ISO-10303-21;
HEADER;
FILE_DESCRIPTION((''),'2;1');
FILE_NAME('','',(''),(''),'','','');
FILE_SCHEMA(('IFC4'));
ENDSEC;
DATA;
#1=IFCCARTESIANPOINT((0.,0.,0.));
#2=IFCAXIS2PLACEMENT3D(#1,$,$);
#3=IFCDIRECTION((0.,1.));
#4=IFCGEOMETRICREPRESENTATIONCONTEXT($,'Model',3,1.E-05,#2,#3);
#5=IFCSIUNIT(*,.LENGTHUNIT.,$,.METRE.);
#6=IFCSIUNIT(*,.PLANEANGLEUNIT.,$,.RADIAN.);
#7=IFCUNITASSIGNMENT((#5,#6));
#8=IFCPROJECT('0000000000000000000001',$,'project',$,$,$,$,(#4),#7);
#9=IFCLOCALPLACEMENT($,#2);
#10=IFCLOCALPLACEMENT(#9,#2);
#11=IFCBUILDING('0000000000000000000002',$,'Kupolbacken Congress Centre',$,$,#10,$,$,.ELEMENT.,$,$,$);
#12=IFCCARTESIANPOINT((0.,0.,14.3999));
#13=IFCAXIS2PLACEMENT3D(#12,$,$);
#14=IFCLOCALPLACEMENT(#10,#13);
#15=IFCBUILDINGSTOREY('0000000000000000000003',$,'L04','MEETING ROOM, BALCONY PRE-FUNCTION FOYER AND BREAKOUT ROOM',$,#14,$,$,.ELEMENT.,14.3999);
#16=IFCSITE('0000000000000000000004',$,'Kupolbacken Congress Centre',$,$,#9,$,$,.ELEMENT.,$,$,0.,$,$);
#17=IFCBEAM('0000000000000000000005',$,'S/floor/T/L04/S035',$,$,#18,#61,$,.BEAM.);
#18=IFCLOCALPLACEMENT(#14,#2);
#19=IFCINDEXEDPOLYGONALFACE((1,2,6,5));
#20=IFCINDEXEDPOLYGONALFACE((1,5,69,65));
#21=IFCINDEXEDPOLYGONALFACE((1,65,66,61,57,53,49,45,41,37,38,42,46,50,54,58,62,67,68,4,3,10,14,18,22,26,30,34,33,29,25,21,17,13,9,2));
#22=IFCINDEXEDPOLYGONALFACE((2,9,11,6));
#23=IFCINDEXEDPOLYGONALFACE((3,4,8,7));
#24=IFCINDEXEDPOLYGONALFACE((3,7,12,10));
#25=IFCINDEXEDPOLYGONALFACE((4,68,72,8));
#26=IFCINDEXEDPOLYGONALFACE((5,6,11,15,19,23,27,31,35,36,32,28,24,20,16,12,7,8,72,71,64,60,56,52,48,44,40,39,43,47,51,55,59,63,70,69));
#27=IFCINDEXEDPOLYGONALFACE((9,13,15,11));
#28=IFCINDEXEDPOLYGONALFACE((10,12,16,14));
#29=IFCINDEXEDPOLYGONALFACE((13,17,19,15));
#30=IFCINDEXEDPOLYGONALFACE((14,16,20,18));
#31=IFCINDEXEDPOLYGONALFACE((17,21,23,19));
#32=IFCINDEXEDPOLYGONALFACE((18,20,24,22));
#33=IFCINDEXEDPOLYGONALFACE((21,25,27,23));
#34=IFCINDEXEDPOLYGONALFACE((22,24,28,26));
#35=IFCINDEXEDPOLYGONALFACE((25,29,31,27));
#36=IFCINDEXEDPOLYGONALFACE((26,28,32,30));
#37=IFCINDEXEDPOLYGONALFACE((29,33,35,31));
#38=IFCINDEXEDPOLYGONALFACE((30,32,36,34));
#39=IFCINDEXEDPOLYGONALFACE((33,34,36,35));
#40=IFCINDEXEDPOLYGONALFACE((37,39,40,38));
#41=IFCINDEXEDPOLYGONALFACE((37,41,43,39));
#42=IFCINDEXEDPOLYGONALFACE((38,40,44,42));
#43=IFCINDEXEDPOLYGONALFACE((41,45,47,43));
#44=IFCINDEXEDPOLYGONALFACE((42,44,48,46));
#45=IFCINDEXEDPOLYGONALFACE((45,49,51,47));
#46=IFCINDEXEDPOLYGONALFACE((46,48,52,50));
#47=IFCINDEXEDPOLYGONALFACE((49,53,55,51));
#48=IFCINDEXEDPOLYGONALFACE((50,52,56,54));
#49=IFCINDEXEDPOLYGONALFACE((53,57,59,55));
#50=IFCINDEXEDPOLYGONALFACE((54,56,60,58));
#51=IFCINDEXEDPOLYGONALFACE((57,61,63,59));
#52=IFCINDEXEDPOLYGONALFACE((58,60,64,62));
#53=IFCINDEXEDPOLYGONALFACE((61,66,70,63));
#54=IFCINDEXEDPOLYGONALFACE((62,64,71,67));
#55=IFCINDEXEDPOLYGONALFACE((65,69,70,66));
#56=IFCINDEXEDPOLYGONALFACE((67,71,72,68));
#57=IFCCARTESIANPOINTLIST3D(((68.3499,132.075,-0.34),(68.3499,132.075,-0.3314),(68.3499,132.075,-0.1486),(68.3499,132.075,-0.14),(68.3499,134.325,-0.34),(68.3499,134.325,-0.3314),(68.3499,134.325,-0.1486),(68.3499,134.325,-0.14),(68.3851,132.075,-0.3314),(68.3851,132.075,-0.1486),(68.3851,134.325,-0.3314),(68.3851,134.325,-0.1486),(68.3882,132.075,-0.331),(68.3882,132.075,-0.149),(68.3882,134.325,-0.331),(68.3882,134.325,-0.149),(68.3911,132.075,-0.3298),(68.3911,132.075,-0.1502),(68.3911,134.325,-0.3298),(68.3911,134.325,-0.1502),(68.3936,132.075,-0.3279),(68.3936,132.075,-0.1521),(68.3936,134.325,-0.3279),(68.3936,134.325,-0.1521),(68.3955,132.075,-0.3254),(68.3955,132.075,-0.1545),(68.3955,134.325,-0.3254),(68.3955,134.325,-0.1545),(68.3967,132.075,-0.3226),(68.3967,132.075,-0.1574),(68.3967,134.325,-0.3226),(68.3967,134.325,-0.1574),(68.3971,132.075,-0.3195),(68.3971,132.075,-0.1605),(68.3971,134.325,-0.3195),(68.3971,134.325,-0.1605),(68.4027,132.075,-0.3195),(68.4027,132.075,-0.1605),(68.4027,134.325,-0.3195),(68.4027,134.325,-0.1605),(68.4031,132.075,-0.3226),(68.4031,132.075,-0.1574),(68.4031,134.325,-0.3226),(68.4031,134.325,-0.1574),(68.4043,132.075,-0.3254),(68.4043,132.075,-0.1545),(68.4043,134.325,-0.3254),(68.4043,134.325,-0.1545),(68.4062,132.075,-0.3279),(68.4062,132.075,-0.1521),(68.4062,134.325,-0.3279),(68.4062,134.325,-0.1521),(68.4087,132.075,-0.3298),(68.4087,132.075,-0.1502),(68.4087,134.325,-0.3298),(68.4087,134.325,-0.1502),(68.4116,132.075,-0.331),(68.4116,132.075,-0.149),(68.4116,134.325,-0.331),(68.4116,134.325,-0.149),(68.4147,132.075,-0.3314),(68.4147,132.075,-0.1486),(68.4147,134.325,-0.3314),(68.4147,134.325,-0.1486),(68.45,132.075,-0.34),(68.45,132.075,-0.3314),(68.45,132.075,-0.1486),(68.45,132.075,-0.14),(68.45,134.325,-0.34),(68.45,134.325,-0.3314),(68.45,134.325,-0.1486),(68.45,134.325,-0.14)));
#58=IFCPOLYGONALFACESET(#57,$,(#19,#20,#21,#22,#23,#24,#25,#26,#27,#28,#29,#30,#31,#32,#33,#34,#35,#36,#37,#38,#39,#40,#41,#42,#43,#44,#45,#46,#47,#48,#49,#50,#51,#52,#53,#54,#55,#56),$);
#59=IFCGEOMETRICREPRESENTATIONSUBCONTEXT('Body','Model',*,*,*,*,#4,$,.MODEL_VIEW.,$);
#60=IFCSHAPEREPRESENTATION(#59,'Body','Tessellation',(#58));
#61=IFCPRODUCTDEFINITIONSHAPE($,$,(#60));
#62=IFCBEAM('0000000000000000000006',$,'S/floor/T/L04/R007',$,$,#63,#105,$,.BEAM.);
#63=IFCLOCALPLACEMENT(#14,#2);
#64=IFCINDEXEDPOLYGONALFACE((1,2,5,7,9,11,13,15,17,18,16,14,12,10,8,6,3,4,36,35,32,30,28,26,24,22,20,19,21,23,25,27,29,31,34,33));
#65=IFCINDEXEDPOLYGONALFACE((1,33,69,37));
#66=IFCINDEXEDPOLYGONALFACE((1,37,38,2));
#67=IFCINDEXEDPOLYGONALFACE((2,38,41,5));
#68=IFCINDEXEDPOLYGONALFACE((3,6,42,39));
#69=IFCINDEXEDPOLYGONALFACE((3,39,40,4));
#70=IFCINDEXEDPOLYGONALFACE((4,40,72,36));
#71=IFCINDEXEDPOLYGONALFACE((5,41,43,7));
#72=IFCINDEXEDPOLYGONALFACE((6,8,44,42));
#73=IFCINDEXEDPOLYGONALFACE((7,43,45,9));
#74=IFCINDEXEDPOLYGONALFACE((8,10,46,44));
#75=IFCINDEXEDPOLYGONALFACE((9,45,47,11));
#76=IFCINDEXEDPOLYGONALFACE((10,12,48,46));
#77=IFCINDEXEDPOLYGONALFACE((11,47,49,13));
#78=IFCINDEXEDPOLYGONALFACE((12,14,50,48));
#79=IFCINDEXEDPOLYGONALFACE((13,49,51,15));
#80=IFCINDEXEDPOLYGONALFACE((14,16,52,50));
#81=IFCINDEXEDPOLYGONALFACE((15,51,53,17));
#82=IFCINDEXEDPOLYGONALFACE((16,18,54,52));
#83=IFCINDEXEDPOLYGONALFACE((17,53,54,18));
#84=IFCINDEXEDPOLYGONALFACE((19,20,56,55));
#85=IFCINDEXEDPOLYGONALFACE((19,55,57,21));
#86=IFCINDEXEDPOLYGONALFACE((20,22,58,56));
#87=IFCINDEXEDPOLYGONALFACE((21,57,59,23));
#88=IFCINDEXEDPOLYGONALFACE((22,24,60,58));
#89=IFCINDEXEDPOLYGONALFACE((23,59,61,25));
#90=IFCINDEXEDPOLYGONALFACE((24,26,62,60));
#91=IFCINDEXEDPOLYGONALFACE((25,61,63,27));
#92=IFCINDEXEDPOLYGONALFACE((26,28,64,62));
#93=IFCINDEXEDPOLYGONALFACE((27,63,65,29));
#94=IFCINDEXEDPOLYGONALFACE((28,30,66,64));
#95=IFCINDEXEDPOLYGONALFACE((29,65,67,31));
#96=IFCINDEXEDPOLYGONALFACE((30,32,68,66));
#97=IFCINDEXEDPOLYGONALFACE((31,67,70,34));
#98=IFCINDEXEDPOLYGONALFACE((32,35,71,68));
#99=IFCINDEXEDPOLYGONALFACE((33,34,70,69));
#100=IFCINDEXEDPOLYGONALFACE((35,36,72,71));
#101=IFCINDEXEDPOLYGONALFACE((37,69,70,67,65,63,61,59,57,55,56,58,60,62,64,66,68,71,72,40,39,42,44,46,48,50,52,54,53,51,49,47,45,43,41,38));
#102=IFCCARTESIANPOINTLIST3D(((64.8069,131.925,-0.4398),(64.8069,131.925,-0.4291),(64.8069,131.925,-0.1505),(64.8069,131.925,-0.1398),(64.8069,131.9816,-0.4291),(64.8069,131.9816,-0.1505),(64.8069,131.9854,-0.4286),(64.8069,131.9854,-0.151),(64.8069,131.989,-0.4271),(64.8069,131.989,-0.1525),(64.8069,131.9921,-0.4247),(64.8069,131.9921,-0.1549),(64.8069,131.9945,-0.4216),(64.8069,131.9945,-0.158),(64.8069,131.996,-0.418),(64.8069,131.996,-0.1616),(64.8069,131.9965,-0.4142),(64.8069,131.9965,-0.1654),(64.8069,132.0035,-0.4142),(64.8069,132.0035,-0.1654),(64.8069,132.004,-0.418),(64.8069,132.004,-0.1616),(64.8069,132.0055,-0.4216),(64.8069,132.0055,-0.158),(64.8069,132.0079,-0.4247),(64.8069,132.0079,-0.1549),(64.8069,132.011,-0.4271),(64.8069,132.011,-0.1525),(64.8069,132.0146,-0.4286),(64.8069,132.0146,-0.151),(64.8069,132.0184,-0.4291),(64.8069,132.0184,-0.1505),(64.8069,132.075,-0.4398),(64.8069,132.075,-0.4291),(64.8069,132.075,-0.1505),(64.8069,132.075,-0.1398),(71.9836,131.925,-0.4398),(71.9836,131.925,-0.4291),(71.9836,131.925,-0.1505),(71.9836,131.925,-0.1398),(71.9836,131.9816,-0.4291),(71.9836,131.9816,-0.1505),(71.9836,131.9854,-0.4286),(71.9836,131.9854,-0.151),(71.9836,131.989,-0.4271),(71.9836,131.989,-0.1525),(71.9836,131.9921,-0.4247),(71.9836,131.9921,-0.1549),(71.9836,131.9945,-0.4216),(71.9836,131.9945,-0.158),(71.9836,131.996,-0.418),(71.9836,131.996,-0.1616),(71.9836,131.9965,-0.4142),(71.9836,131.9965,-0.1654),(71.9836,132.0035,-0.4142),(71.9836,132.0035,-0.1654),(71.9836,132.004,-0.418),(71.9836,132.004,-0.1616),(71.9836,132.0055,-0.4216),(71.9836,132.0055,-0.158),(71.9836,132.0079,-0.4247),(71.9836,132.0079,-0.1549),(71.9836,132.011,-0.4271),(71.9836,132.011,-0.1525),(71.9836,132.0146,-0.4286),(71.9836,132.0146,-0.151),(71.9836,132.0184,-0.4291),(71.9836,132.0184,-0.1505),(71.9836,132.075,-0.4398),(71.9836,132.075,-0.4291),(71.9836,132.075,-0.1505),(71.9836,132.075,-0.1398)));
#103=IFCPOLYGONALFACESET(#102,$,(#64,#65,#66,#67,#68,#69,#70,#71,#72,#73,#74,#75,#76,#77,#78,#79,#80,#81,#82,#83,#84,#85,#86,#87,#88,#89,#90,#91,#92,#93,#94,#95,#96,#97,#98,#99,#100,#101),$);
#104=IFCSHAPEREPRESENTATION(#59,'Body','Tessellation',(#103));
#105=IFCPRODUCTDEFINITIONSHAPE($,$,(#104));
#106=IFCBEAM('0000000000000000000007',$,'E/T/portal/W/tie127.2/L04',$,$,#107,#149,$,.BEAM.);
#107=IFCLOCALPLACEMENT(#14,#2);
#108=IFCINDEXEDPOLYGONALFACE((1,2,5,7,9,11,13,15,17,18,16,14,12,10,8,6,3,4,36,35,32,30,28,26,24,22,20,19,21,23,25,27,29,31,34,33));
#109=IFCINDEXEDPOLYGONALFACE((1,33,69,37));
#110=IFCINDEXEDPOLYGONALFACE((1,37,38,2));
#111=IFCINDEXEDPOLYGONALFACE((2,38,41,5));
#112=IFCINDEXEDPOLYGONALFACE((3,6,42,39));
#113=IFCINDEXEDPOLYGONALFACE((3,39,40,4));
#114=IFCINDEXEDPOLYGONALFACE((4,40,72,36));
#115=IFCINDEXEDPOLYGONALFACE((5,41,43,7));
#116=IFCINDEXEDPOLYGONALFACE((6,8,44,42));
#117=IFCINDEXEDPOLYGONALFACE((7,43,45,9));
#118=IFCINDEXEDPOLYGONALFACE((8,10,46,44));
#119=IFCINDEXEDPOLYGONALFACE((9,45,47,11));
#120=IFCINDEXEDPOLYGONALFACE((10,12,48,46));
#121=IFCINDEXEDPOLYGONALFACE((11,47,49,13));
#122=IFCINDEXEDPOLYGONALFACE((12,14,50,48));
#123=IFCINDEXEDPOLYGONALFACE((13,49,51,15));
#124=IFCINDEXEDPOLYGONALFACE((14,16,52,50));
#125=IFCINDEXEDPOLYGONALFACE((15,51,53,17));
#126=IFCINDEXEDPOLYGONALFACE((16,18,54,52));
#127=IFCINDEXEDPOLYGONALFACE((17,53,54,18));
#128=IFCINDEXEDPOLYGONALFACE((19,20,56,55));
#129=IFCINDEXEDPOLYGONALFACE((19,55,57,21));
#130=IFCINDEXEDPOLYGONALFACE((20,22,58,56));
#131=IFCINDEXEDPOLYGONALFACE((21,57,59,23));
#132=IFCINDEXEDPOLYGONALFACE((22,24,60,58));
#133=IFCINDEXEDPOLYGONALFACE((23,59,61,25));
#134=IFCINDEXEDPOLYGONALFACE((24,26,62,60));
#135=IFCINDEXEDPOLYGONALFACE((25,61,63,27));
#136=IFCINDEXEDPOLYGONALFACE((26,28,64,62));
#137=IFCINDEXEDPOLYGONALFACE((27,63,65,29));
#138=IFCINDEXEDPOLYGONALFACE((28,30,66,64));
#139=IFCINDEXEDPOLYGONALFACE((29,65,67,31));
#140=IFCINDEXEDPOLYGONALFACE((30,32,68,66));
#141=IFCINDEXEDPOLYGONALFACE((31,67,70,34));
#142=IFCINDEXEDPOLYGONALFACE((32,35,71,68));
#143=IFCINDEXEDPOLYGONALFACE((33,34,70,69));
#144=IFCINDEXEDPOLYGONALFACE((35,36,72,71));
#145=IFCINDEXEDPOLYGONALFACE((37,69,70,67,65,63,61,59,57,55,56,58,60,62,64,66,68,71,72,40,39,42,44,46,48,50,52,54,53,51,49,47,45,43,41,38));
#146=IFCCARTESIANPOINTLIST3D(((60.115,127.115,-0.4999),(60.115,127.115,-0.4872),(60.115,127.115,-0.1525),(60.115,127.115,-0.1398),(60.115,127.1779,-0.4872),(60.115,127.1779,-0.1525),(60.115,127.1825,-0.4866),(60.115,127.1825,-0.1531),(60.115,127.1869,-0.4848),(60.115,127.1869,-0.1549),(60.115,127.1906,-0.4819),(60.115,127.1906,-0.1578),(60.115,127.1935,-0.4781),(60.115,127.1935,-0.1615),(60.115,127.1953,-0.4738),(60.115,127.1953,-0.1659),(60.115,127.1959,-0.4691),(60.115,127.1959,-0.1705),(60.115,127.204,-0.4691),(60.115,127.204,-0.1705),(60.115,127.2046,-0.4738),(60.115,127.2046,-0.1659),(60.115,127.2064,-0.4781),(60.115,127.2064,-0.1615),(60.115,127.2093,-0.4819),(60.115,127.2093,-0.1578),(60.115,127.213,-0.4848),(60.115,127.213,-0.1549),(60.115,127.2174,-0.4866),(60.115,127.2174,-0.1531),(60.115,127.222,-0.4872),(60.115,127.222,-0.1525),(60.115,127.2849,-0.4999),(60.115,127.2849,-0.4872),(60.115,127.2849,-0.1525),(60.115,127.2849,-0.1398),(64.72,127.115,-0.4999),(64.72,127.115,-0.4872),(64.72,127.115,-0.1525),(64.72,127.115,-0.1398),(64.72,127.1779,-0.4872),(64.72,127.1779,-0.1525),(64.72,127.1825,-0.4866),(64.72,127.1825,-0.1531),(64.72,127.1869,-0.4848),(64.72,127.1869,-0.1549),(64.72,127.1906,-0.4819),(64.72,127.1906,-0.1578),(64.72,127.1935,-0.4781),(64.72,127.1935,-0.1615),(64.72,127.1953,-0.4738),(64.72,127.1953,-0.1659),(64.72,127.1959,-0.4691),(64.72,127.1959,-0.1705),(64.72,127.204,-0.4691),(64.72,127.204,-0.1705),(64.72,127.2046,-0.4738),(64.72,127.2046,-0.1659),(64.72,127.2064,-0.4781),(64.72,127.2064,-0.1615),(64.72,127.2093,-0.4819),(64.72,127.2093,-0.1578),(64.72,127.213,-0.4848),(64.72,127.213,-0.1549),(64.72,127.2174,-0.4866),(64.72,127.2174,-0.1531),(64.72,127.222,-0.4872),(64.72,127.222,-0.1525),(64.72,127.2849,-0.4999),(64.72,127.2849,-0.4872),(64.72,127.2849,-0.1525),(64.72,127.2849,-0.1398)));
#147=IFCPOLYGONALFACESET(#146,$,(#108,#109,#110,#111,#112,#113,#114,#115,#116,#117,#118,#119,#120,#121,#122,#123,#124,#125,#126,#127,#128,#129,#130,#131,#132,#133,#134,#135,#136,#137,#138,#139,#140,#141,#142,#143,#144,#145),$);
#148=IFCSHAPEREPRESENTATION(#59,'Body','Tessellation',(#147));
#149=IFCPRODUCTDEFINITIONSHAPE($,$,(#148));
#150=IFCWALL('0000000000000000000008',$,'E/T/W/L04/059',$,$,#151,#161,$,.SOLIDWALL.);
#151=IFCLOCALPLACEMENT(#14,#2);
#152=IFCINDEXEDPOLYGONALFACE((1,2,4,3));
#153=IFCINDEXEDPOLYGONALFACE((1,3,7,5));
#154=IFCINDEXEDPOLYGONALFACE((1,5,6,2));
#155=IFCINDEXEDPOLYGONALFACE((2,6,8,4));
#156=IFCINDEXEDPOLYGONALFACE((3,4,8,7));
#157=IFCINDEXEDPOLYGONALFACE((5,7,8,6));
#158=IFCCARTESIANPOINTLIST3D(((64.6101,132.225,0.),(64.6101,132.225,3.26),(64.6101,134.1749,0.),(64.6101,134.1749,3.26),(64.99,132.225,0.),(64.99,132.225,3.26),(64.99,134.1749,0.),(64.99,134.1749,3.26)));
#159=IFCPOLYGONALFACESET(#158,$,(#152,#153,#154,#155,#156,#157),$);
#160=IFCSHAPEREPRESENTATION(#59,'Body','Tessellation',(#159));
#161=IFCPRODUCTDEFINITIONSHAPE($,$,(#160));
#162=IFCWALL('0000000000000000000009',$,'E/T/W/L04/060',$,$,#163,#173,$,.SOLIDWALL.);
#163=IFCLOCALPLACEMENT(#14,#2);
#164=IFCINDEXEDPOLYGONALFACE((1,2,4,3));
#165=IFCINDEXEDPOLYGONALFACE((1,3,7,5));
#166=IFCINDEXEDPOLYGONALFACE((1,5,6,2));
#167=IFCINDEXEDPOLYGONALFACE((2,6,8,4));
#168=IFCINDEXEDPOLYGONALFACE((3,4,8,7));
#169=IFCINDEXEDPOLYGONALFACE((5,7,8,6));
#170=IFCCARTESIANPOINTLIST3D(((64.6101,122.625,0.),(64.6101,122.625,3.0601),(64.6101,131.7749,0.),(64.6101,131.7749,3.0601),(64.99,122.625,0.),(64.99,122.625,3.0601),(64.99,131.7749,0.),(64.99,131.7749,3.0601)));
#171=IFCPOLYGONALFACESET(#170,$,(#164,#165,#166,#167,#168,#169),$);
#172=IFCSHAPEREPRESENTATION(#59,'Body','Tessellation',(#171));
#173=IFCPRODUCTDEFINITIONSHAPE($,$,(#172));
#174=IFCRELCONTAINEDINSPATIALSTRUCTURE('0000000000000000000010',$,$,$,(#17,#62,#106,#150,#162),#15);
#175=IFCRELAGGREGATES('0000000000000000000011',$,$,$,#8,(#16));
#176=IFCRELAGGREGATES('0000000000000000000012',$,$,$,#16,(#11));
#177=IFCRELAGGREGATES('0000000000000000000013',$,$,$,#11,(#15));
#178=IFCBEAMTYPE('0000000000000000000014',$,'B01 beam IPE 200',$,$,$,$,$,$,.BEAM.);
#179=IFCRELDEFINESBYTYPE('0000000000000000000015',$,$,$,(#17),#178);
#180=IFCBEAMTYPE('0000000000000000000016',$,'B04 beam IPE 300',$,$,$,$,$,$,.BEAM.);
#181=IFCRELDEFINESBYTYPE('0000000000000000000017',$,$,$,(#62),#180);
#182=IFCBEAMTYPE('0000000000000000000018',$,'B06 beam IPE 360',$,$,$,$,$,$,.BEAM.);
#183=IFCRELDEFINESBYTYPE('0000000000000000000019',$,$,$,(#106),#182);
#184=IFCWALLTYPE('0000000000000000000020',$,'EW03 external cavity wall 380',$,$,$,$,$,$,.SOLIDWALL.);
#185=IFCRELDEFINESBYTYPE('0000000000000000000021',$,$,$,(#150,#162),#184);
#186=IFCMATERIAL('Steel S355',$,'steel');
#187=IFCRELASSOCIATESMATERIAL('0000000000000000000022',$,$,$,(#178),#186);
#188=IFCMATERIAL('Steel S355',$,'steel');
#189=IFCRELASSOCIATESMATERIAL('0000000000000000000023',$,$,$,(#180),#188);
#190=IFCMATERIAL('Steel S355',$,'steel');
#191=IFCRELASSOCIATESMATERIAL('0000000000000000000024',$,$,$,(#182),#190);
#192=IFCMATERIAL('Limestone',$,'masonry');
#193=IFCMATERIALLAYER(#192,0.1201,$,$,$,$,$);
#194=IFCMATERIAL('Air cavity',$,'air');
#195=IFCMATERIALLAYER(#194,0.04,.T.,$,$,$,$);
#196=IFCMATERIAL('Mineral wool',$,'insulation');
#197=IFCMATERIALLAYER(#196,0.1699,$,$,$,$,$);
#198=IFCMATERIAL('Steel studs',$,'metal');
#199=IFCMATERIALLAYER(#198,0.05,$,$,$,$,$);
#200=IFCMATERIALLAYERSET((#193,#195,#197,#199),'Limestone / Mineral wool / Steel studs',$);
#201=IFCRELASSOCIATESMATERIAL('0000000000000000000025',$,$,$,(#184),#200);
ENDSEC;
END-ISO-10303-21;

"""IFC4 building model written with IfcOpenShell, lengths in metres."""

from ifc_helpers import new_model, si_unit, direction, frame, frame_2d, origin, origin_2d, place, context, subcontext, project, spatial, rectangle, i_section, extrude, material, layer, layer_set, material_profile, profile_set, type_object, element, save


model = new_model("IFC4")

# Units and contexts
model_context = context("Model", 3, precision=1e-05, world=origin(), true_north=direction((0.0, 1.0)))
body_context = subcontext(model_context, "Body", "Model", "MODEL_VIEW")
ifc_project = project(units=[si_unit("LENGTHUNIT", "METRE"), si_unit("PLANEANGLEUNIT", "RADIAN")], contexts=[model_context])

# Site, building, storey
site_placement = place(None, origin())
site = spatial("IfcSite", under=ifc_project, at=site_placement, Name="Kupolbacken Congress Centre", CompositionType="ELEMENT", RefElevation=0.0)
building_placement = place(site_placement, origin())
building = spatial("IfcBuilding", under=site, at=building_placement, Name="Kupolbacken Congress Centre", CompositionType="ELEMENT")
storey_placement = place(building_placement, frame((0.0, 0.0, 14.3999)))
storey = spatial("IfcBuildingStorey", under=building, at=storey_placement, Name="L04", Description="MEETING ROOM, BALCONY PRE-FUNCTION FOYER AND BREAKOUT ROOM", CompositionType="ELEMENT", Elevation=14.3999)

# Beams
ifc_material_1 = material(Name="Steel S355", Category="steel")
ifc_material_profile_1 = material_profile(ifc_material_1, i_section(OverallWidth=0.1001, OverallDepth=0.2, WebThickness=0.0056, FlangeThickness=0.0085, FilletRadius=0.012, at=origin_2d()), Name="IPE 200")
ifc_profile_set_1 = profile_set([ifc_material_profile_1], Name="Steel S355")
beam_type_1 = type_object("IfcBeamType", Name="B01 beam IPE 200", PredefinedType="BEAM", material=ifc_profile_set_1)
beam_1_placement = place(storey_placement, frame((68.3999, 132.075, -0.24), z_axis=(0.0, 1.0, 0.0), x_axis=(-1.0, 0.0, 0.0)))
element("IfcBeam", 1, at=beam_1_placement, inside=storey, type_object=beam_type_1, Name="S/floor/T/L04/S035", PredefinedType="BEAM", context=body_context, shape_type="SweptSolid", body=[
    extrude(i_section(OverallWidth=0.1001, OverallDepth=0.2, WebThickness=0.0056, FlangeThickness=0.0085, FilletRadius=0.012, at=origin_2d()), origin(), (0.0, 0.0, 1.0), 2.25),
])
ifc_material_2 = material(Name="Steel S355", Category="steel")
ifc_material_profile_2 = material_profile(ifc_material_2, i_section(OverallWidth=0.1499, OverallDepth=0.3, WebThickness=0.0071, FlangeThickness=0.0107, FilletRadius=0.0149, at=origin_2d()), Name="IPE 300")
ifc_profile_set_2 = profile_set([ifc_material_profile_2], Name="Steel S355")
beam_type_2 = type_object("IfcBeamType", Name="B04 beam IPE 300", PredefinedType="BEAM", material=ifc_profile_set_2)
beam_2_placement = place(storey_placement, frame((64.8069, 132.0, -0.2898), z_axis=(1.0, 0.0, 0.0), x_axis=(0.0, 1.0, 0.0)))
element("IfcBeam", 2, at=beam_2_placement, inside=storey, type_object=beam_type_2, Name="S/floor/T/L04/R007", PredefinedType="BEAM", context=body_context, shape_type="SweptSolid", body=[
    extrude(i_section(OverallWidth=0.1499, OverallDepth=0.3, WebThickness=0.0071, FlangeThickness=0.0107, FilletRadius=0.0149, at=origin_2d()), origin(), (0.0, 0.0, 1.0), 7.1768),
])
ifc_material_3 = material(Name="Steel S355", Category="steel")
ifc_material_profile_3 = material_profile(ifc_material_3, i_section(OverallWidth=0.1699, OverallDepth=0.3601, WebThickness=0.0081, FlangeThickness=0.0127, FilletRadius=0.0181, at=origin_2d()), Name="IPE 360")
ifc_profile_set_3 = profile_set([ifc_material_profile_3], Name="Steel S355")
beam_type_3 = type_object("IfcBeamType", Name="B06 beam IPE 360", PredefinedType="BEAM", material=ifc_profile_set_3)
beam_3_placement = place(storey_placement, frame((64.72, 127.2, -0.3198), z_axis=(-1.0, 0.0, 0.0), x_axis=(0.0, -1.0, 0.0)))
element("IfcBeam", 3, at=beam_3_placement, inside=storey, type_object=beam_type_3, Name="E/T/portal/W/tie127.2/L04", PredefinedType="BEAM", context=body_context, shape_type="SweptSolid", body=[
    extrude(i_section(OverallWidth=0.1699, OverallDepth=0.3601, WebThickness=0.0081, FlangeThickness=0.0127, FilletRadius=0.0181, at=origin_2d()), origin(), (0.0, 0.0, 1.0), 4.605),
])

# Walls
ifc_material_4 = material(Name="Limestone", Category="masonry")
ifc_layer_1 = layer(ifc_material_4, 0.1201)
ifc_material_5 = material(Name="Air cavity", Category="air")
ifc_layer_2 = layer(ifc_material_5, 0.04, ventilated=True)
ifc_material_6 = material(Name="Mineral wool", Category="insulation")
ifc_layer_3 = layer(ifc_material_6, 0.1699)
ifc_material_7 = material(Name="Steel studs", Category="metal")
ifc_layer_4 = layer(ifc_material_7, 0.05)
ifc_layer_set_1 = layer_set([ifc_layer_1, ifc_layer_2, ifc_layer_3, ifc_layer_4], Name="Limestone / Mineral wool / Steel studs")
wall_type_1 = type_object("IfcWallType", Name="EW03 external cavity wall 380", PredefinedType="SOLIDWALL", material=ifc_layer_set_1)
wall_1_placement = place(storey_placement, frame((64.8, 134.175, 0.0), z_axis=(0.0, 0.0, 1.0), x_axis=(0.0, -1.0, 0.0)))
element("IfcWall", 4, at=wall_1_placement, inside=storey, type_object=wall_type_1, Name="E/T/W/L04/059", PredefinedType="SOLIDWALL", context=body_context, shape_type="SweptSolid", body=[
    extrude(rectangle(XDim=1.95, YDim=0.3799, at=frame_2d((0.9751, 0.0))), origin(), (0.0, 0.0, 1.0), 3.26),
])
wall_2_placement = place(storey_placement, frame((64.8, 131.7749, 0.0), z_axis=(0.0, 0.0, 1.0), x_axis=(0.0, -1.0, 0.0)))
element("IfcWall", 5, at=wall_2_placement, inside=storey, type_object=wall_type_1, Name="E/T/W/L04/060", PredefinedType="SOLIDWALL", context=body_context, shape_type="SweptSolid", body=[
    extrude(rectangle(XDim=9.1499, YDim=0.3799, at=frame_2d((4.575, 0.0))), origin(), (0.0, 0.0, 1.0), 3.0601),
])

save(model, "model.ifc")
